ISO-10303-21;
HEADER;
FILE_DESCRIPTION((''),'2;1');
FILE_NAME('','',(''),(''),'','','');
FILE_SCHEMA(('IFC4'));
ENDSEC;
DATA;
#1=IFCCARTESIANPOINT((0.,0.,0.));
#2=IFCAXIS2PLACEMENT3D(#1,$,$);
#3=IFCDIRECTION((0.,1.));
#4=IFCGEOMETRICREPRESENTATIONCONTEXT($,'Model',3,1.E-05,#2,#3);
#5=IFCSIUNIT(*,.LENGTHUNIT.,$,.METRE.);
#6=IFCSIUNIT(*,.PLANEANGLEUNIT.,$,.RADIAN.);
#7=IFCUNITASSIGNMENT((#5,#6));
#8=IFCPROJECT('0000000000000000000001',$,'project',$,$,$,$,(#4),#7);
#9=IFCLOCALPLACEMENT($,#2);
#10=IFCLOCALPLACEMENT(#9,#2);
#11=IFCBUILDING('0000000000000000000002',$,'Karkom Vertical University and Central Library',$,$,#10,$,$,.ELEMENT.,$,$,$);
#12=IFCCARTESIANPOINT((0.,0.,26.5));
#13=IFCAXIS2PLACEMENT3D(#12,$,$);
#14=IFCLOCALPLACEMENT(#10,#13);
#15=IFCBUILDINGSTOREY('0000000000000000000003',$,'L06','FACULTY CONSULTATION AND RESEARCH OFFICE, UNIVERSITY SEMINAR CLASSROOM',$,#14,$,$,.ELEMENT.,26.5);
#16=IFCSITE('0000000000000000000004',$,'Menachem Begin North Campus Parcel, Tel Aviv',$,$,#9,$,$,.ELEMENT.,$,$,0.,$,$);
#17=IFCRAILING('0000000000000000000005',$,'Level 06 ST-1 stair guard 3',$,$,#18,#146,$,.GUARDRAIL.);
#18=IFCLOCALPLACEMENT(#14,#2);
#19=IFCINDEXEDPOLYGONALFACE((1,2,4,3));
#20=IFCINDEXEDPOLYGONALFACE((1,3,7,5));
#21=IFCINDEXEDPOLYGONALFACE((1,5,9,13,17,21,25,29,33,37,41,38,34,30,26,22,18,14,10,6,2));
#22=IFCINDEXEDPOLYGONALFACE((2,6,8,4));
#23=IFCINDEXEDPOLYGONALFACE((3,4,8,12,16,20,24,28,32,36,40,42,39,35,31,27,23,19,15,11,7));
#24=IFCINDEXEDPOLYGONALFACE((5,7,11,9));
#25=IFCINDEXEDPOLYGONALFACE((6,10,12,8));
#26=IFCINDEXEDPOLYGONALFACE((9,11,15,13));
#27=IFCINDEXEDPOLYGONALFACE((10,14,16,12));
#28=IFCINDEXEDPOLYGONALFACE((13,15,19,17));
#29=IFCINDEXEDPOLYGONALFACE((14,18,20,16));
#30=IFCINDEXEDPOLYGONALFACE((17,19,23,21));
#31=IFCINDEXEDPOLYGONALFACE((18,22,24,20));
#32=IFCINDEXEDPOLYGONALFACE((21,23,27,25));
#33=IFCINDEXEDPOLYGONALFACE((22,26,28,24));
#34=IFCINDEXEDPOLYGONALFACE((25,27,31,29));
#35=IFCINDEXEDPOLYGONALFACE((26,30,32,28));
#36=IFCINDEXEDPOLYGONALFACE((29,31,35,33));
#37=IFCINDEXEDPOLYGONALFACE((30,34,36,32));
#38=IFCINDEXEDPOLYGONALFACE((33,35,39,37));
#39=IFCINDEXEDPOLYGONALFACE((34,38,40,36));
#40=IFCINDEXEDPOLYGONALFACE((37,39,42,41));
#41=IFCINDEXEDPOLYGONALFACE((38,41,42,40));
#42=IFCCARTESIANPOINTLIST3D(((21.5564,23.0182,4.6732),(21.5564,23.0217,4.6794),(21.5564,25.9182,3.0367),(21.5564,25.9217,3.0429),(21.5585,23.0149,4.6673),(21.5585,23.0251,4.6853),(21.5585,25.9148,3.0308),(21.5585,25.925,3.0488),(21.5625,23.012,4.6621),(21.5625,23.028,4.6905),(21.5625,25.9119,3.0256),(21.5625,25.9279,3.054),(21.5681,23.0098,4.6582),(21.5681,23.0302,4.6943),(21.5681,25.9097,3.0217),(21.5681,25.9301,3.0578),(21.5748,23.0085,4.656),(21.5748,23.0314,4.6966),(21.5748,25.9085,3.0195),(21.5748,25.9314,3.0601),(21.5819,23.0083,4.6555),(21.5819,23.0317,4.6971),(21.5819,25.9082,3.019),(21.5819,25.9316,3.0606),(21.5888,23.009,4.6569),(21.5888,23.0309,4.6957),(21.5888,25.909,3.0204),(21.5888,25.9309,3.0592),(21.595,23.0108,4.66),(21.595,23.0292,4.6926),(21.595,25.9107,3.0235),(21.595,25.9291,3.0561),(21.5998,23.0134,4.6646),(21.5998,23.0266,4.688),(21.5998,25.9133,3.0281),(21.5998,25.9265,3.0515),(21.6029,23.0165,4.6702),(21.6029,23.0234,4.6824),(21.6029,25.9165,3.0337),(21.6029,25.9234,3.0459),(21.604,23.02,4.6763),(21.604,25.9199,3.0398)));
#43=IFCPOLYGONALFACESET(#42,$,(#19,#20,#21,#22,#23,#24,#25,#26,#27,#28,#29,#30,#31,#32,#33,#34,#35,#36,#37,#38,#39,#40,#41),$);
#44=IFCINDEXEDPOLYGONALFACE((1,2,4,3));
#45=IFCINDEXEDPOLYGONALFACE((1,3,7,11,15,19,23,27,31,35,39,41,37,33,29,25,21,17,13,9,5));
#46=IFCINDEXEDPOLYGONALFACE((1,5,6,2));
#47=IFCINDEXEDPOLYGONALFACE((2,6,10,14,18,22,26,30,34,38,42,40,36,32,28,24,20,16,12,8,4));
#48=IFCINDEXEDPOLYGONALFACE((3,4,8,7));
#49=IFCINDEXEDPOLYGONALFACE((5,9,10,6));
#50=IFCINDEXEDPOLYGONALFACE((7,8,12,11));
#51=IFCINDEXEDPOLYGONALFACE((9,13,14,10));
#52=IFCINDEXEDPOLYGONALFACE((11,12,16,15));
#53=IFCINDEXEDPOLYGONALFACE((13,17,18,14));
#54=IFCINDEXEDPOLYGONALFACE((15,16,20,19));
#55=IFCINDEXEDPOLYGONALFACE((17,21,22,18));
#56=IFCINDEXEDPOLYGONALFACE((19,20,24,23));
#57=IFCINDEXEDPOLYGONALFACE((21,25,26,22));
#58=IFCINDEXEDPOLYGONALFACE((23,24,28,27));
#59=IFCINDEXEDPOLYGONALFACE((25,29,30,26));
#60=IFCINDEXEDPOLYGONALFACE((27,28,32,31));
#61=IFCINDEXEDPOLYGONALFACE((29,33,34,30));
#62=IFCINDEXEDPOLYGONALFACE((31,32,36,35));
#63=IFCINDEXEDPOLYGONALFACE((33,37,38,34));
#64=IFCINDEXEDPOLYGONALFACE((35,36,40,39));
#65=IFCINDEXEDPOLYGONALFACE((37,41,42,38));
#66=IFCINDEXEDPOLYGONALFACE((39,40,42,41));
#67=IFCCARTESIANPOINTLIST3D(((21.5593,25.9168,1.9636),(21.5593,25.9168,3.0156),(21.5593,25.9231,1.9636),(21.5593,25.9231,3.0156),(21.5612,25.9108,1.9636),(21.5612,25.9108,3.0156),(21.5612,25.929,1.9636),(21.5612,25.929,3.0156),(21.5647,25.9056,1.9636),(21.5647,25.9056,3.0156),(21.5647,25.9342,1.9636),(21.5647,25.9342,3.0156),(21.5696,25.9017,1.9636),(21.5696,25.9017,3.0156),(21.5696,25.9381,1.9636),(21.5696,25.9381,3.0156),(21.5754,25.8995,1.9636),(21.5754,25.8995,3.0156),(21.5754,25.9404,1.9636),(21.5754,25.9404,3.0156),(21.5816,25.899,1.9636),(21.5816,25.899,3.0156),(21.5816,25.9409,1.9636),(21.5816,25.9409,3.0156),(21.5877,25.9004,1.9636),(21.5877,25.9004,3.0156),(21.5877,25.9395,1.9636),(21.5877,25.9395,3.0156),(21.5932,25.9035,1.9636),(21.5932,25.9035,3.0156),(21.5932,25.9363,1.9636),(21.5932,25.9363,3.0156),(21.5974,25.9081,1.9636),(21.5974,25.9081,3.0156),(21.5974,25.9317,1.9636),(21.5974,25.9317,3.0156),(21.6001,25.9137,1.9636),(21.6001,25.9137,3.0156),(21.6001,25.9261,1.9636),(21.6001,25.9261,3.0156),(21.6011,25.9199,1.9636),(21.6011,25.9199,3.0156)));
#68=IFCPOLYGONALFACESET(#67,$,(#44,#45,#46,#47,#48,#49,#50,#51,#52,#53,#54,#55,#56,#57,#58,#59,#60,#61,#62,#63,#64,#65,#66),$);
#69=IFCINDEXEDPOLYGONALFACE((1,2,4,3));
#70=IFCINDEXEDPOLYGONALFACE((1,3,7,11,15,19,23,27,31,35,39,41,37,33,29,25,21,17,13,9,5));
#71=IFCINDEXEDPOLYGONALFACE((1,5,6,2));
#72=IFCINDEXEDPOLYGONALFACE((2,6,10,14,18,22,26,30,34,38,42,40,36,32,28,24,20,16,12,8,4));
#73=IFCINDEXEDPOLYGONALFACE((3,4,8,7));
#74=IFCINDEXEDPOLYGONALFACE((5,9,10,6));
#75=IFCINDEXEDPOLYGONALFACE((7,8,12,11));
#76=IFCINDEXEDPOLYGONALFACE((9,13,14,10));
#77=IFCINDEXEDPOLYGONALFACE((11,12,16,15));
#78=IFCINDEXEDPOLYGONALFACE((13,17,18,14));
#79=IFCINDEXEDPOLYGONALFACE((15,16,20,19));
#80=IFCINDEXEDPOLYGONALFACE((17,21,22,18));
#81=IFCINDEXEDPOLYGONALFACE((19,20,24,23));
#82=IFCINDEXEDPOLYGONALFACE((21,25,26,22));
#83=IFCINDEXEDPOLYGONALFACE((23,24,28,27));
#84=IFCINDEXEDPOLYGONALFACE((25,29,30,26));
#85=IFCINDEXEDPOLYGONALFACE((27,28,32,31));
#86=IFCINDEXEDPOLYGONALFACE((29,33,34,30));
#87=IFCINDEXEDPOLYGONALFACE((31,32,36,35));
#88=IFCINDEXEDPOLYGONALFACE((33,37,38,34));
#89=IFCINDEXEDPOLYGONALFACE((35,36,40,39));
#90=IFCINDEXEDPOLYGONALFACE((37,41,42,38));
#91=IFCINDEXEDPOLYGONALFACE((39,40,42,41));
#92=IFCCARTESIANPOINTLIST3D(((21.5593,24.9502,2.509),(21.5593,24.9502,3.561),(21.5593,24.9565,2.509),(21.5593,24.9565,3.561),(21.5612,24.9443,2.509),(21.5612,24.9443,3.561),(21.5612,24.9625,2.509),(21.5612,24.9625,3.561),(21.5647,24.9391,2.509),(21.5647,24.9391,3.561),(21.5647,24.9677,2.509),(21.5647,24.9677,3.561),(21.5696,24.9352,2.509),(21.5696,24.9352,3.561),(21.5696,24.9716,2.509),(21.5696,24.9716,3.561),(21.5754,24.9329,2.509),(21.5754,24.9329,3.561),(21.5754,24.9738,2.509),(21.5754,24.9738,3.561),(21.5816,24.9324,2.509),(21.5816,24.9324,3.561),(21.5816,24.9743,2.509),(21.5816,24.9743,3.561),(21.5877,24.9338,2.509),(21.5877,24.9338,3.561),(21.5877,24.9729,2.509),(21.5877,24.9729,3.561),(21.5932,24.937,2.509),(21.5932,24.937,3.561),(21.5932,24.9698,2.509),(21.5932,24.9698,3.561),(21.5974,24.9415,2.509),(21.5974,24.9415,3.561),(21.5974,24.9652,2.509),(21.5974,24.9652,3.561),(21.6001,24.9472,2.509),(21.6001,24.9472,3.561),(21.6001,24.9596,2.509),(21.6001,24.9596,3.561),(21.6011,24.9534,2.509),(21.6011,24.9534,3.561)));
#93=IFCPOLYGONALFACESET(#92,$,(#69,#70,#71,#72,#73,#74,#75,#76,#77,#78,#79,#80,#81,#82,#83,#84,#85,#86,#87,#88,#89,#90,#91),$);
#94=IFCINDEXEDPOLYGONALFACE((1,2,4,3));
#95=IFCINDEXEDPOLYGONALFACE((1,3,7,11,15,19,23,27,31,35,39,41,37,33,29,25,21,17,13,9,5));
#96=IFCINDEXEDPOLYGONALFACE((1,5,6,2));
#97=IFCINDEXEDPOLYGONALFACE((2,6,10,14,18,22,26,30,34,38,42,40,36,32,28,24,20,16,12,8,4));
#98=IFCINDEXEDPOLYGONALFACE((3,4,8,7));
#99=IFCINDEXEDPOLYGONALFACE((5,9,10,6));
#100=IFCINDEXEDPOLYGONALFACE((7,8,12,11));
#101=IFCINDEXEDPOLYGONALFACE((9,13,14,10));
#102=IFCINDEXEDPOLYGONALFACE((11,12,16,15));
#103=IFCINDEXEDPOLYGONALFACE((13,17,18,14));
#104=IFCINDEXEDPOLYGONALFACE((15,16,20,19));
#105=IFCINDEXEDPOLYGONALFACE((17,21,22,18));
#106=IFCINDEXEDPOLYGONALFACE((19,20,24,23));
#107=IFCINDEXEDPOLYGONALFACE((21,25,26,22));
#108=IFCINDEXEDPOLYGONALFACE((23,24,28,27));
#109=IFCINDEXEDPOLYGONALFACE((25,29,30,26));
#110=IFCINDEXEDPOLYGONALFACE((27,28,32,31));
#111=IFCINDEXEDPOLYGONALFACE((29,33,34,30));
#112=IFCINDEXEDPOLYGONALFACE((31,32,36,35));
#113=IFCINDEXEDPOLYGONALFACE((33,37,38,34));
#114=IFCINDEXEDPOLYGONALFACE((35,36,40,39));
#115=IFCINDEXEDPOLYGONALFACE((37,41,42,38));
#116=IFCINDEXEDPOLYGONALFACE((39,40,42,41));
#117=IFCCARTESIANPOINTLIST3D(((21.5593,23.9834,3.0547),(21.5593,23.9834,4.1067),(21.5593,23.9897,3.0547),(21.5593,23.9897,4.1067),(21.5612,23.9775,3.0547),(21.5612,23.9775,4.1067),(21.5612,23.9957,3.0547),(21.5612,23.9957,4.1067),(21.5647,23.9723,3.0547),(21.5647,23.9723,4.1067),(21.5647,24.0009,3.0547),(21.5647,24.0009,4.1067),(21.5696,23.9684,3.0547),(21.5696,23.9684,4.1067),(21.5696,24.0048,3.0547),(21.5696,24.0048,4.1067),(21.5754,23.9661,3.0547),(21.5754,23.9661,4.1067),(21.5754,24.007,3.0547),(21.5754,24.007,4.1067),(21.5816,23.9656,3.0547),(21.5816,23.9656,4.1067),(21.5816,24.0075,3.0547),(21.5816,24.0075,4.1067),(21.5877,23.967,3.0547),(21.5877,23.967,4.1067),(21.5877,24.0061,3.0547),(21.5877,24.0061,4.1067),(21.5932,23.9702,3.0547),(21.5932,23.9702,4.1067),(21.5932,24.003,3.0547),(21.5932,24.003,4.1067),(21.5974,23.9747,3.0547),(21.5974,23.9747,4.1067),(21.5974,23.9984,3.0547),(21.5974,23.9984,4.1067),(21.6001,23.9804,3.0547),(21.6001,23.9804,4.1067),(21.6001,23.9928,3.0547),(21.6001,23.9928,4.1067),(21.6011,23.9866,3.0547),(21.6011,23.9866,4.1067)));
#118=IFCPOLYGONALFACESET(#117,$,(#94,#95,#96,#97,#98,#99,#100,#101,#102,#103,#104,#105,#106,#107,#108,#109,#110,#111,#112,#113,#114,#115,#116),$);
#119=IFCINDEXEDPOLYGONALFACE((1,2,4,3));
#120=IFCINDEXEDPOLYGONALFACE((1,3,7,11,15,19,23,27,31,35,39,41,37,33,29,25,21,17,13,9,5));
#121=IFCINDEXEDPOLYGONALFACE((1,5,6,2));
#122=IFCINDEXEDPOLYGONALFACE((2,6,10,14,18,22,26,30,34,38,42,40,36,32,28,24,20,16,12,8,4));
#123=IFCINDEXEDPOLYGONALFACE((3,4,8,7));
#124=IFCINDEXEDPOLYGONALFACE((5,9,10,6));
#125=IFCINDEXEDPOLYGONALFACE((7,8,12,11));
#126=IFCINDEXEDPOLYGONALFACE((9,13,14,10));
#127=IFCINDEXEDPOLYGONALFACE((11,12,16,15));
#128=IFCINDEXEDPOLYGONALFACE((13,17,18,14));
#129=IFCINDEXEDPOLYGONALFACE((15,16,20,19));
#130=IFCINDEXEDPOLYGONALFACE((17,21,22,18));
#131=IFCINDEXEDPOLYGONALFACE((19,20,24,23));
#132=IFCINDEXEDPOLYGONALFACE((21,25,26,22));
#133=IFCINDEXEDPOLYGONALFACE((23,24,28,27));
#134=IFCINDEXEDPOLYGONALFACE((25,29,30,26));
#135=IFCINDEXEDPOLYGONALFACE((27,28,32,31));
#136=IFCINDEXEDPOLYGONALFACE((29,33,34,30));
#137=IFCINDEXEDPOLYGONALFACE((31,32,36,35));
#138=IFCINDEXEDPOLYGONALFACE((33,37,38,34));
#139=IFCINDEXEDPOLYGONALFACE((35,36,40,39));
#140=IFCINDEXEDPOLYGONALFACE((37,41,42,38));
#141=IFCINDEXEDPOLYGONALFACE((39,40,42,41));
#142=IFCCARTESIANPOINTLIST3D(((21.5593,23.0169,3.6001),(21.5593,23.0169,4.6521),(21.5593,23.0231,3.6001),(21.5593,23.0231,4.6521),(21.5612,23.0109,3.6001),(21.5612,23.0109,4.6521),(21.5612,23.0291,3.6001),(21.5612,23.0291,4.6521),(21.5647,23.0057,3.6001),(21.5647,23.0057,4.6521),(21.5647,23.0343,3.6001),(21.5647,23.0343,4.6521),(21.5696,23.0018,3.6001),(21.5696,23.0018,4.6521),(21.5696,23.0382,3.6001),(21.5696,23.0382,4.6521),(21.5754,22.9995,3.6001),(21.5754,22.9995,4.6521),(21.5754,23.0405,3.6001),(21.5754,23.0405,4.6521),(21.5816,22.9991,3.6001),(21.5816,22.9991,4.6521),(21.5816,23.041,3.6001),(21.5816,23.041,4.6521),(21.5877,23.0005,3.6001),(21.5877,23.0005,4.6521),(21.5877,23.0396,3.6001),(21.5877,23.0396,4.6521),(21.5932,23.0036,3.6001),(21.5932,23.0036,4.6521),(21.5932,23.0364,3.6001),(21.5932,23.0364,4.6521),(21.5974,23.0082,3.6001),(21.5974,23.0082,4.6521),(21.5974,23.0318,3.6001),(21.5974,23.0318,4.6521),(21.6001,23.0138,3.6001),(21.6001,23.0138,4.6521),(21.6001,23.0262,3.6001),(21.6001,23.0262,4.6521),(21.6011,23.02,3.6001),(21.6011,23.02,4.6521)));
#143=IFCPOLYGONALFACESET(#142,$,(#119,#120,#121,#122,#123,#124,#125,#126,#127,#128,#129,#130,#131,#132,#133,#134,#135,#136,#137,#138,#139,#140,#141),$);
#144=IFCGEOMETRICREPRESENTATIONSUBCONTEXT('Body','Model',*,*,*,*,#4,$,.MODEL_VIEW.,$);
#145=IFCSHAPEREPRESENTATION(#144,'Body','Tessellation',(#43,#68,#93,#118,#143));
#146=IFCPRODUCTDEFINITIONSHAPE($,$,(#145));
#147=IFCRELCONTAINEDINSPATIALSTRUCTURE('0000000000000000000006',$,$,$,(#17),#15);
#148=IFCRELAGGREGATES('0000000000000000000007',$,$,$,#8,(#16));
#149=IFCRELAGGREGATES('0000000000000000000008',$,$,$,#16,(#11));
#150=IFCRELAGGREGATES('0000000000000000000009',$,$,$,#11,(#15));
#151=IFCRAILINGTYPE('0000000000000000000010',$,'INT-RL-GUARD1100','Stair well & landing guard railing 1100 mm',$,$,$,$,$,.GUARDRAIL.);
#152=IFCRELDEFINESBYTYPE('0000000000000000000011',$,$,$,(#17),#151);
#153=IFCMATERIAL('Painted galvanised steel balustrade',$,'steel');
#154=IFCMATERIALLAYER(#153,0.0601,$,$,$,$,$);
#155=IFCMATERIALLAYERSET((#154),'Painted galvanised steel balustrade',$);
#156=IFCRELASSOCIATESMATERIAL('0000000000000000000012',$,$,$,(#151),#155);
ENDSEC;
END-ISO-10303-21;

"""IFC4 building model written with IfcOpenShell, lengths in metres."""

from ifc_helpers import new_model, si_unit, direction, frame, origin, origin_2d, place, context, subcontext, project, spatial, circle, extrude, material, layer, layer_set, type_object, element, save


model = new_model("IFC4")

# Units and contexts
model_context = context("Model", 3, precision=1e-05, world=origin(), true_north=direction((0.0, 1.0)))
body_context = subcontext(model_context, "Body", "Model", "MODEL_VIEW")
ifc_project = project(units=[si_unit("LENGTHUNIT", "METRE"), si_unit("PLANEANGLEUNIT", "RADIAN")], contexts=[model_context])

# Site, building, storey
site_placement = place(None, origin())
site = spatial("IfcSite", under=ifc_project, at=site_placement, Name="Menachem Begin North Campus Parcel, Tel Aviv", CompositionType="ELEMENT", RefElevation=0.0)
building_placement = place(site_placement, origin())
building = spatial("IfcBuilding", under=site, at=building_placement, Name="Karkom Vertical University and Central Library", CompositionType="ELEMENT")
storey_placement = place(building_placement, frame((0.0, 0.0, 26.5)))
storey = spatial("IfcBuildingStorey", under=building, at=storey_placement, Name="L06", Description="FACULTY CONSULTATION AND RESEARCH OFFICE, UNIVERSITY SEMINAR CLASSROOM", CompositionType="ELEMENT", Elevation=26.5)

# Railing
ifc_material_1 = material(Name="Painted galvanised steel balustrade", Category="steel")
ifc_layer_1 = layer(ifc_material_1, 0.0601)
ifc_layer_set_1 = layer_set([ifc_layer_1], Name="Painted galvanised steel balustrade")
railing_type_1 = type_object("IfcRailingType", Name="INT-RL-GUARD1100", Description="Stair well & landing guard railing 1100 mm", PredefinedType="GUARDRAIL", material=ifc_layer_set_1)
railing_1_placement = place(storey_placement, frame((21.5801, 25.9199, 1.9636)))
element("IfcRailing", 1, at=railing_1_placement, inside=storey, type_object=railing_type_1, Name="Level 06 ST-1 stair guard 3", PredefinedType="GUARDRAIL", context=body_context, shape_type="SweptSolid", body=[
    extrude(circle(Radius=0.0239, at=origin_2d()), frame((0.0, 0.0, 1.0762), z_axis=(0.0, -0.870897, 0.491465), x_axis=(1.0, 0.0, 0.0)), (0.0, 0.0, 1.0), 3.3298),
    extrude(circle(Radius=0.021, at=origin_2d()), origin(), (0.0, 0.0, 1.0), 1.052),
    extrude(circle(Radius=0.021, at=origin_2d()), frame((0.0, -0.9666, 0.5454)), (0.0, 0.0, 1.0), 1.052),
    extrude(circle(Radius=0.021, at=origin_2d()), frame((0.0, -1.9333, 1.0911)), (0.0, 0.0, 1.0), 1.052),
    extrude(circle(Radius=0.021, at=origin_2d()), frame((0.0, -2.8999, 1.6365)), (0.0, 0.0, 1.0), 1.052),
])

save(model, "model.ifc")
